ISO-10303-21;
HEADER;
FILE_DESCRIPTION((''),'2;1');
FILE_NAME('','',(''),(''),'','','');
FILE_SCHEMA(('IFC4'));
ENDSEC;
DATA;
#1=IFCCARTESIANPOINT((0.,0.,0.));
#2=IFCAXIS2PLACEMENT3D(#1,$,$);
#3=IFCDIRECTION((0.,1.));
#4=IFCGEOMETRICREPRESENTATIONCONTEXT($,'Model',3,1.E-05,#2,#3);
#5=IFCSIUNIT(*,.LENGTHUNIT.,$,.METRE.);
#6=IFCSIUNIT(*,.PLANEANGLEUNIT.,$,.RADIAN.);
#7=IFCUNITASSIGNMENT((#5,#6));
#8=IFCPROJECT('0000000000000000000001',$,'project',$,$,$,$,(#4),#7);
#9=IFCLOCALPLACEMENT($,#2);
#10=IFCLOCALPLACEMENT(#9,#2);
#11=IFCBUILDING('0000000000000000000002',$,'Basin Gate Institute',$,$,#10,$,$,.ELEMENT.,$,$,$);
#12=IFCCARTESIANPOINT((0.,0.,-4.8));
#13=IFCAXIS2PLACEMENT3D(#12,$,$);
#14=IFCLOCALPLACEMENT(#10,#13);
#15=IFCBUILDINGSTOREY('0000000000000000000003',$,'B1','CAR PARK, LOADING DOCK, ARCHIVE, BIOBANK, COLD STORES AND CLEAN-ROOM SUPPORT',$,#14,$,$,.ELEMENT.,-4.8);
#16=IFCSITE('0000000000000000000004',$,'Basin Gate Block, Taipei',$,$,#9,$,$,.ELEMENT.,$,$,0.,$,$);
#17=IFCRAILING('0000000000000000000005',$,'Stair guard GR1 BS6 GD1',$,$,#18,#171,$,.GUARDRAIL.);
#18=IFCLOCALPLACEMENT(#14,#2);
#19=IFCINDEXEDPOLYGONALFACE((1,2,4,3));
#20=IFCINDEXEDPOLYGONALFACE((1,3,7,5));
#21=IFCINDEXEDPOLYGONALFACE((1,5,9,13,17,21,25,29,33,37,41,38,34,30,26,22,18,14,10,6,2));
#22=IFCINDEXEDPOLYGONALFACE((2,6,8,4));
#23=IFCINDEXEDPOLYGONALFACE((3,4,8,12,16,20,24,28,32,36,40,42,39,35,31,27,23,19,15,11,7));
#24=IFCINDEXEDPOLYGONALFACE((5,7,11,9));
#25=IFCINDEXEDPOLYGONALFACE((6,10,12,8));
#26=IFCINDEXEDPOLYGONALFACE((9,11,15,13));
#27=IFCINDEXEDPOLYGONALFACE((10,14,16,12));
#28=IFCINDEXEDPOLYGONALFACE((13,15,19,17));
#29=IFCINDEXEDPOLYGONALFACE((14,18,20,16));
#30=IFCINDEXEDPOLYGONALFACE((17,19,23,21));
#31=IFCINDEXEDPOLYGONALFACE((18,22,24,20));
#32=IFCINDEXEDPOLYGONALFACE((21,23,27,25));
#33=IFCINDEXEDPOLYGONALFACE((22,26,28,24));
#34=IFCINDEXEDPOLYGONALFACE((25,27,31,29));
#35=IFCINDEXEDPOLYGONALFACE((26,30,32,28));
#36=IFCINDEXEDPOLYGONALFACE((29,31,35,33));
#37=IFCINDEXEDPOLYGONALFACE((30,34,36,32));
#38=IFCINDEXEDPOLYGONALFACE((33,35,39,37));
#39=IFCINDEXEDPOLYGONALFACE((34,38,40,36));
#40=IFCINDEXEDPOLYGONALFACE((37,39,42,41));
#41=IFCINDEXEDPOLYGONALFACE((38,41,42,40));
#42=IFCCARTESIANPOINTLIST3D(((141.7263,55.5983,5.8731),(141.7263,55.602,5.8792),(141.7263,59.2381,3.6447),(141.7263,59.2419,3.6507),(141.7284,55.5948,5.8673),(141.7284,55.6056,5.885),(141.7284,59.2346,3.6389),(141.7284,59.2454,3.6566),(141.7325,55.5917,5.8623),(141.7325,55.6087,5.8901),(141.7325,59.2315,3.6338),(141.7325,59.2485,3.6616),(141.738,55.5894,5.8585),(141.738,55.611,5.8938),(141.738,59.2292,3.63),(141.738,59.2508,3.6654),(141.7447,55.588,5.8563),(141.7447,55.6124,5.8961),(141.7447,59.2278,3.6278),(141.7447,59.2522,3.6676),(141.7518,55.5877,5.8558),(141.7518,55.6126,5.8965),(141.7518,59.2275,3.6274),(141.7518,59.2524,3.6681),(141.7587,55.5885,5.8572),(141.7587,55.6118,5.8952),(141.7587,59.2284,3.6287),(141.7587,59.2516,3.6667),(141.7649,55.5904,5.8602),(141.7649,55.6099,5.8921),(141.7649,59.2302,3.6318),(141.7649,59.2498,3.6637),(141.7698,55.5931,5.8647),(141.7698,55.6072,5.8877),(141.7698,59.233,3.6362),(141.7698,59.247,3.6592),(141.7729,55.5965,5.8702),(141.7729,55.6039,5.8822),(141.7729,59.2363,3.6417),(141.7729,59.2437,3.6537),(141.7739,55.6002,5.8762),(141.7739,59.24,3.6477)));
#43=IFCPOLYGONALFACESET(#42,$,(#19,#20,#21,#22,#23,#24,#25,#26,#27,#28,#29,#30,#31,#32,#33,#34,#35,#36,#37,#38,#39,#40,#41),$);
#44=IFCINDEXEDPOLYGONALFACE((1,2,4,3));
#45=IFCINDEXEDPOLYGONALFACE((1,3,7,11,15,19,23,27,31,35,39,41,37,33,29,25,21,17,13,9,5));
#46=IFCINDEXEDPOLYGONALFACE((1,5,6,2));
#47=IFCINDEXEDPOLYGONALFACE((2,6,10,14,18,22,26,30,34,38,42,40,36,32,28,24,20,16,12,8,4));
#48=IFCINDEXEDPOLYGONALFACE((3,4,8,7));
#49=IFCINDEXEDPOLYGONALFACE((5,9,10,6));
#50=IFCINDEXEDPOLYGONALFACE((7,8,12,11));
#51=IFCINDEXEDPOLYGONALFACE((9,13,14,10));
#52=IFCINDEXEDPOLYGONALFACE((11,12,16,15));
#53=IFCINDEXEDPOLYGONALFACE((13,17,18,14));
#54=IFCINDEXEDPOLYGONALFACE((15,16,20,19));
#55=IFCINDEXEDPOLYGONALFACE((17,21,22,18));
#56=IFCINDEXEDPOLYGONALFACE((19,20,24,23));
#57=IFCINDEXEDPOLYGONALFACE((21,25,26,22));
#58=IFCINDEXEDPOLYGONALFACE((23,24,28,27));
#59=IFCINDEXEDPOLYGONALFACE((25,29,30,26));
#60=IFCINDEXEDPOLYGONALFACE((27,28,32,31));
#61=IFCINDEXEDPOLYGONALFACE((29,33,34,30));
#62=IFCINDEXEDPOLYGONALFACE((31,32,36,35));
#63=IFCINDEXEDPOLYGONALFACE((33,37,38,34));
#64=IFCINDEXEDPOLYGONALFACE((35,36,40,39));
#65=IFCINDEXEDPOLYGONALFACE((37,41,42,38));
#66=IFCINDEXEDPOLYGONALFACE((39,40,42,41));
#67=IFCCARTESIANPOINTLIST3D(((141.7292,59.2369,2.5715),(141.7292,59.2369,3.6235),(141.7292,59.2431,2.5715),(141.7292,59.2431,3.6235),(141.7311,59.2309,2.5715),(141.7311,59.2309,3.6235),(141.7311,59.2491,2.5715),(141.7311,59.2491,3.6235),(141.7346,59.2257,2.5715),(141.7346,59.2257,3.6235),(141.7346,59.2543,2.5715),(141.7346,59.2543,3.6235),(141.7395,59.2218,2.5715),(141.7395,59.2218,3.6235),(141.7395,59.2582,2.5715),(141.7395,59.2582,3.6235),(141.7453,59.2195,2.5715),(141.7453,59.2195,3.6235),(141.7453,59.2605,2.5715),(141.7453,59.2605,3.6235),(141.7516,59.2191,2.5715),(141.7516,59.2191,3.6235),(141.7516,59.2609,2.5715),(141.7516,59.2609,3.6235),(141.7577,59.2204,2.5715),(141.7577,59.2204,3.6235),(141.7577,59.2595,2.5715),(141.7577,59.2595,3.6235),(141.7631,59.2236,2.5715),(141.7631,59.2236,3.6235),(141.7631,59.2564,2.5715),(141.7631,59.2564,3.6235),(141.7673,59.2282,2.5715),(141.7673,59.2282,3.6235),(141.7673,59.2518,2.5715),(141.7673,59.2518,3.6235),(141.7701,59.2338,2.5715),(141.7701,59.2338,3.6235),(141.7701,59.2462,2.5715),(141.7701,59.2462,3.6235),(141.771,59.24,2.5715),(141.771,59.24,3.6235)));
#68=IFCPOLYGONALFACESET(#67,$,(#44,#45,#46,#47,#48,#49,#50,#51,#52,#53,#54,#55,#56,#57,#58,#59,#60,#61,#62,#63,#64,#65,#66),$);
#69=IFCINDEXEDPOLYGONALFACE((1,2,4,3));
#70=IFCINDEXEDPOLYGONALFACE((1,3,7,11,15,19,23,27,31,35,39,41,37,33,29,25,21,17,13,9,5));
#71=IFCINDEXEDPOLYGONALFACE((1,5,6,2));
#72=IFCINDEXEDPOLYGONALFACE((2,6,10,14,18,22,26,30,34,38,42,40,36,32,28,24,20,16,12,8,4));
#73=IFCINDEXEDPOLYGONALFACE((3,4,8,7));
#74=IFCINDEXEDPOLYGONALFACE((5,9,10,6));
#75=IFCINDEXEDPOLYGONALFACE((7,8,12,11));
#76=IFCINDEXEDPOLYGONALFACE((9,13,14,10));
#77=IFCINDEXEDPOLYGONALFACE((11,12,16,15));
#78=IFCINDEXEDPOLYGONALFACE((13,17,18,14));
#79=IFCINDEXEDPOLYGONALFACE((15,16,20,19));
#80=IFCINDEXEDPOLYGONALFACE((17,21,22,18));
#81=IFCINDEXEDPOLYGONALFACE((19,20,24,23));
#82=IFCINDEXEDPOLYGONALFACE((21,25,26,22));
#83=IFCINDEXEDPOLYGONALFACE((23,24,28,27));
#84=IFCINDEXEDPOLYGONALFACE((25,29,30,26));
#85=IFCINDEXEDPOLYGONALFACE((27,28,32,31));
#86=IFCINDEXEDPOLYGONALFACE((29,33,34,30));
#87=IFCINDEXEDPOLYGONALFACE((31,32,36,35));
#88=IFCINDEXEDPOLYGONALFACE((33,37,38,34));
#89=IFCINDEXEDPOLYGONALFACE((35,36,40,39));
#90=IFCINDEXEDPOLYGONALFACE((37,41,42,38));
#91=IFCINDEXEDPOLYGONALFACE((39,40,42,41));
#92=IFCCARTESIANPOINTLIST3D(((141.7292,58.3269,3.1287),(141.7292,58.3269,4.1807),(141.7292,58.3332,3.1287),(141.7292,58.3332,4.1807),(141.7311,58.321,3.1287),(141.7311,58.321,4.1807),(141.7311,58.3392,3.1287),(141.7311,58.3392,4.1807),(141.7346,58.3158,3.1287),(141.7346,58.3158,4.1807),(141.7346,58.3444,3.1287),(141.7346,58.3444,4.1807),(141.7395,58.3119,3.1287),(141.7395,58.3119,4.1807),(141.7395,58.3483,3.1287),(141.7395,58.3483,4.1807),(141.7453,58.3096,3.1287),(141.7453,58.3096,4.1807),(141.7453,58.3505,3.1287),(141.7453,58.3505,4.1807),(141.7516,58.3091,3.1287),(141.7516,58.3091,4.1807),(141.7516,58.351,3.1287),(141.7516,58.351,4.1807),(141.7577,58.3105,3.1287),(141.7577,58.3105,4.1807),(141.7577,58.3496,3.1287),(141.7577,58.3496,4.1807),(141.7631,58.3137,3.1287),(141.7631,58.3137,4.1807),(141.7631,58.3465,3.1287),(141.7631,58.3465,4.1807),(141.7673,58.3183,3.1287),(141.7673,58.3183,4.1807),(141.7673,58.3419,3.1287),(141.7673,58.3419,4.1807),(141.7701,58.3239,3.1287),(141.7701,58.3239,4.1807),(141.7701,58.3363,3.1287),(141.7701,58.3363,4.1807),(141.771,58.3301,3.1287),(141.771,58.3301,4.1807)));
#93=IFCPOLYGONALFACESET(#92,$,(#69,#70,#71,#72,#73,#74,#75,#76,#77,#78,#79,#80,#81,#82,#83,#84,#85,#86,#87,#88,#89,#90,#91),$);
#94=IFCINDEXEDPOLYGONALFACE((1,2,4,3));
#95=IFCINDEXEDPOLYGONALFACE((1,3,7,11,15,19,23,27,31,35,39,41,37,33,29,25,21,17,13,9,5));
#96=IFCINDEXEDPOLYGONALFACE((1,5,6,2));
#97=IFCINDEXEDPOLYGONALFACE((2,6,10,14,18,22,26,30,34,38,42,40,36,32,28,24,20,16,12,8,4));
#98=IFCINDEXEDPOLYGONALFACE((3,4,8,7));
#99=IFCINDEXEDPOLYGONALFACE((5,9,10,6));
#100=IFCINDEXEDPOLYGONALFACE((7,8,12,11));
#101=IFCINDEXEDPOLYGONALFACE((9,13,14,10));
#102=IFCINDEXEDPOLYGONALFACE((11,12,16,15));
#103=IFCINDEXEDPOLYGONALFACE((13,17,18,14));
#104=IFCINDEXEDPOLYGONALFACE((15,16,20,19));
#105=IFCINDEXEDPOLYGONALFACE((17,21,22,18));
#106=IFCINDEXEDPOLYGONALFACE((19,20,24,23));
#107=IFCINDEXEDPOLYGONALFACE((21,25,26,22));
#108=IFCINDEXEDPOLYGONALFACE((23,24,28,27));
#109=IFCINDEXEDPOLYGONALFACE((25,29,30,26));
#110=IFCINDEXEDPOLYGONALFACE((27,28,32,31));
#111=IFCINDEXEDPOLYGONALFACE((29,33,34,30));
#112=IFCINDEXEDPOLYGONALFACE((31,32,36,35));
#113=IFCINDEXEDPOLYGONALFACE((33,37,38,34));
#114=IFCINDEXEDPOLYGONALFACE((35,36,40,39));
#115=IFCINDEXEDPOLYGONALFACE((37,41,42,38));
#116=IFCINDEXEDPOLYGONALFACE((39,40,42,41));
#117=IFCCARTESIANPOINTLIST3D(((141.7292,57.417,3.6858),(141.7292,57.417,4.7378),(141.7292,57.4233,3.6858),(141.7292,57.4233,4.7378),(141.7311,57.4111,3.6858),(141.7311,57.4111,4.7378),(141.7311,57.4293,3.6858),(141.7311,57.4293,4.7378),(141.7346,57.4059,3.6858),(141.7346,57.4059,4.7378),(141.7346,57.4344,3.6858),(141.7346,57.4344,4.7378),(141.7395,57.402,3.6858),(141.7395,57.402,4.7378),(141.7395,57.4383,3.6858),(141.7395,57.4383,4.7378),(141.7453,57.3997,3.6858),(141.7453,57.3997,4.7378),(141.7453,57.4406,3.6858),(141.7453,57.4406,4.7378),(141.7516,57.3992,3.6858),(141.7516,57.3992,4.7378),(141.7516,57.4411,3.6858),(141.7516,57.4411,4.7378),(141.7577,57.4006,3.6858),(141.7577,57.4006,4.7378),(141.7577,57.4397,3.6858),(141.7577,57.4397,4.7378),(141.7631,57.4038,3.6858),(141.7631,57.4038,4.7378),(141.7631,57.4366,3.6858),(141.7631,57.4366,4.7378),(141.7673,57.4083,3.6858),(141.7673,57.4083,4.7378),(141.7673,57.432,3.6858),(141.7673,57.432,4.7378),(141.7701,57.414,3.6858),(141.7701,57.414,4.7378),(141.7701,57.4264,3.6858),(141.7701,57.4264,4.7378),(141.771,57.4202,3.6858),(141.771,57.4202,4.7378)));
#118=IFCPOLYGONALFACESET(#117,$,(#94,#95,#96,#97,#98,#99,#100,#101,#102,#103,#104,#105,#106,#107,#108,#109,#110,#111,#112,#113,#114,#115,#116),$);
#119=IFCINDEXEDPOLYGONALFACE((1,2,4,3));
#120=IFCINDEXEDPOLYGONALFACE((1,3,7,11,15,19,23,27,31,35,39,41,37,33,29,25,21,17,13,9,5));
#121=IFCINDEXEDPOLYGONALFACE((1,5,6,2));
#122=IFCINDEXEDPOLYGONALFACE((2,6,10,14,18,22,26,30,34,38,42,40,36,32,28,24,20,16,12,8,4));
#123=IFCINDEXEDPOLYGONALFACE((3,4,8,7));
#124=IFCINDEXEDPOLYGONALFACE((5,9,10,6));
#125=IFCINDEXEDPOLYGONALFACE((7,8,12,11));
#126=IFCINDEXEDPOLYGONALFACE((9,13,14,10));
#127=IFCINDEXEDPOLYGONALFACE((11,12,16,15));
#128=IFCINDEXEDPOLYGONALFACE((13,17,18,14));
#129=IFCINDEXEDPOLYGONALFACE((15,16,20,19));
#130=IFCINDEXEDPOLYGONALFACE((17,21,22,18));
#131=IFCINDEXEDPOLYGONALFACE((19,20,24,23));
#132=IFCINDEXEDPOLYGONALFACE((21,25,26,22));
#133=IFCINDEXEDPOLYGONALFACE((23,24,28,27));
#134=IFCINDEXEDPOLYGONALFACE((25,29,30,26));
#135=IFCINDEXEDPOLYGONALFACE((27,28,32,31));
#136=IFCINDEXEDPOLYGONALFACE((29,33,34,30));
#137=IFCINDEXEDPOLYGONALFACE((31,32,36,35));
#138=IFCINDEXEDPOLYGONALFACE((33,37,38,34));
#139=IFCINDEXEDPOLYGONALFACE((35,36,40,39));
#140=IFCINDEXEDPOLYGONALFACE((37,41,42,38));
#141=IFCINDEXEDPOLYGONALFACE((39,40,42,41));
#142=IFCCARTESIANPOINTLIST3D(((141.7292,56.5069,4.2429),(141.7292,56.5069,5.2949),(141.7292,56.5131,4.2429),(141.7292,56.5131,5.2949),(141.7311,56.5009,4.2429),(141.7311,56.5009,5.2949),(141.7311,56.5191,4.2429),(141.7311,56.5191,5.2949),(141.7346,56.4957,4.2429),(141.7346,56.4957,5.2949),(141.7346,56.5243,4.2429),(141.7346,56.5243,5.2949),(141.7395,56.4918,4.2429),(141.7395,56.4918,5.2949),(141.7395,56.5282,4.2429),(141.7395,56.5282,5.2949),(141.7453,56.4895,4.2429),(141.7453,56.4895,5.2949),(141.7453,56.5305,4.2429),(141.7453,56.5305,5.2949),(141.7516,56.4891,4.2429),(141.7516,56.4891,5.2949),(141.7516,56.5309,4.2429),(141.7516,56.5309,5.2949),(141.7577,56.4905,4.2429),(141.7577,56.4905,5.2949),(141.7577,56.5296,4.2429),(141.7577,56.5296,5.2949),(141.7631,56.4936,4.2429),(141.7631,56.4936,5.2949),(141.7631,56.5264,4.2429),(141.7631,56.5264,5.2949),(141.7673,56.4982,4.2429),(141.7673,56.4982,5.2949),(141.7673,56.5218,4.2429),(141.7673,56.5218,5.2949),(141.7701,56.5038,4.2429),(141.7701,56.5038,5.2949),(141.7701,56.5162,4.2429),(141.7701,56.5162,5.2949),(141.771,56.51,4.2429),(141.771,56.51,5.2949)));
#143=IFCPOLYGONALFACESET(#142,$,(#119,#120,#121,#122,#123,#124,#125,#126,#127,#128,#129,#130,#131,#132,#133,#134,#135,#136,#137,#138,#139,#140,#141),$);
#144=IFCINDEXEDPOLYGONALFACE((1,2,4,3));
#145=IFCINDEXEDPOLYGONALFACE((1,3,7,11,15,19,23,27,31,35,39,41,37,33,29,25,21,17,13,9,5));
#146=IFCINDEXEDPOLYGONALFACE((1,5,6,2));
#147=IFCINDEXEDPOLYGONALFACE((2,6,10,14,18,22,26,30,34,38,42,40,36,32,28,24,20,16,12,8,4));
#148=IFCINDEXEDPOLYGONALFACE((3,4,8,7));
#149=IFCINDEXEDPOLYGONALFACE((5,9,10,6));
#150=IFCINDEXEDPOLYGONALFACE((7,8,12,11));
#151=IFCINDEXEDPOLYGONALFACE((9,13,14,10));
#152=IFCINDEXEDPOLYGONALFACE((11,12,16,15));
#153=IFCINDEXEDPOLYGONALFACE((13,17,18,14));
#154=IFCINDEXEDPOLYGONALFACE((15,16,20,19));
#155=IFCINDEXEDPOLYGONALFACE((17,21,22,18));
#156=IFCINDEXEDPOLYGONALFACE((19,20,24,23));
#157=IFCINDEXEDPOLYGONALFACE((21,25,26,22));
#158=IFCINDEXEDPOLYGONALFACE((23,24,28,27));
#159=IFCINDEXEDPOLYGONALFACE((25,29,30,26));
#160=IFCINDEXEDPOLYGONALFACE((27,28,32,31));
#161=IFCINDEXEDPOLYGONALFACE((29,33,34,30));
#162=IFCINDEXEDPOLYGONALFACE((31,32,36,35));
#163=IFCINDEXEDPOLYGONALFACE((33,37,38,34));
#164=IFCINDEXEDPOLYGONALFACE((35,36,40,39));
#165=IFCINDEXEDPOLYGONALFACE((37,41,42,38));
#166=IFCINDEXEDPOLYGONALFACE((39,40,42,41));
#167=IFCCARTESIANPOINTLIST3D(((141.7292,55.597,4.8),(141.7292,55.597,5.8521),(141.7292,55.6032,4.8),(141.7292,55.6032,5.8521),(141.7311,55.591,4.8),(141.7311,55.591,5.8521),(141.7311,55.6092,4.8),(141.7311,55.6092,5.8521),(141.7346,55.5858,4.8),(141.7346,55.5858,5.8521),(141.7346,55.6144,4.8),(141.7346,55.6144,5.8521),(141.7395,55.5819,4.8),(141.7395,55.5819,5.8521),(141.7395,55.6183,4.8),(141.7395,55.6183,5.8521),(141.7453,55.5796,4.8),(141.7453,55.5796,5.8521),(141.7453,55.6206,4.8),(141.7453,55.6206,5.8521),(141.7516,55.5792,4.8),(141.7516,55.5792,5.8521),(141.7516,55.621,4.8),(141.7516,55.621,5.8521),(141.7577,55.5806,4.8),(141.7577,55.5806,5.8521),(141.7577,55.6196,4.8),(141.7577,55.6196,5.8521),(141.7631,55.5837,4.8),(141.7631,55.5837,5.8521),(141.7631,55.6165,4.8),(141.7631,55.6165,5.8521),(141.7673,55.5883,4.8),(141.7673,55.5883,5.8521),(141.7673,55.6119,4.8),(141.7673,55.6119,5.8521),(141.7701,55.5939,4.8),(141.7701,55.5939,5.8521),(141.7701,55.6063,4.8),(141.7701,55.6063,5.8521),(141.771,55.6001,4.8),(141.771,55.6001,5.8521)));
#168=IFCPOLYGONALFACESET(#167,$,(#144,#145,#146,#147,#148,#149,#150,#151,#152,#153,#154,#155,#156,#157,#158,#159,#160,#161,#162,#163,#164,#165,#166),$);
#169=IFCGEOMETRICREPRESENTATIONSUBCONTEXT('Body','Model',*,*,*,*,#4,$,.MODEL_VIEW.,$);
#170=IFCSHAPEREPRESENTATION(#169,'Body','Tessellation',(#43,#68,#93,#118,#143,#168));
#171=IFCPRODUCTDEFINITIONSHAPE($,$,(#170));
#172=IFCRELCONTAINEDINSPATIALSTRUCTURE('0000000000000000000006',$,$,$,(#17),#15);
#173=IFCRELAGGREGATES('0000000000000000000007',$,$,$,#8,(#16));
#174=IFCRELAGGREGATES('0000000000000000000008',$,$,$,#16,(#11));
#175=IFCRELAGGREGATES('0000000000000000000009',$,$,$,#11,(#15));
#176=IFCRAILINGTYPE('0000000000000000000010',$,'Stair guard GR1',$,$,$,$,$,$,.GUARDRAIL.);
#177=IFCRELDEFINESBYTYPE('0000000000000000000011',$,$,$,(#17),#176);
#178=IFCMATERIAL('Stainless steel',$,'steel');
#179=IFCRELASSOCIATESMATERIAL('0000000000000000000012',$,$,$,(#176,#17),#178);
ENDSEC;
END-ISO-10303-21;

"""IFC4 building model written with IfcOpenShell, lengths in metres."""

from ifc_helpers import new_model, si_unit, direction, frame, origin, origin_2d, place, context, subcontext, project, spatial, circle, extrude, material, type_object, element, save


model = new_model("IFC4")

# Units and contexts
model_context = context("Model", 3, precision=1e-05, world=origin(), true_north=direction((0.0, 1.0)))
body_context = subcontext(model_context, "Body", "Model", "MODEL_VIEW")
ifc_project = project(units=[si_unit("LENGTHUNIT", "METRE"), si_unit("PLANEANGLEUNIT", "RADIAN")], contexts=[model_context])

# Site, building, storey
site_placement = place(None, origin())
site = spatial("IfcSite", under=ifc_project, at=site_placement, Name="Basin Gate Block, Taipei", CompositionType="ELEMENT", RefElevation=0.0)
building_placement = place(site_placement, origin())
building = spatial("IfcBuilding", under=site, at=building_placement, Name="Basin Gate Institute", CompositionType="ELEMENT")
storey_placement = place(building_placement, frame((0.0, 0.0, -4.8)))
storey = spatial("IfcBuildingStorey", under=building, at=storey_placement, Name="B1", Description="CAR PARK, LOADING DOCK, ARCHIVE, BIOBANK, COLD STORES AND CLEAN-ROOM SUPPORT", CompositionType="ELEMENT", Elevation=-4.8)

# Railing
ifc_material_1 = material(Name="Stainless steel", Category="steel")
railing_type_1 = type_object("IfcRailingType", Name="Stair guard GR1", PredefinedType="GUARDRAIL", material=ifc_material_1)
railing_1_placement = place(storey_placement, frame((141.75, 59.24, 2.5715)))
element("IfcRailing", 1, at=railing_1_placement, inside=storey, type_object=railing_type_1, material=ifc_material_1, Name="Stair guard GR1 BS6 GD1", PredefinedType="GUARDRAIL", context=body_context, shape_type="SweptSolid", body=[
    extrude(circle(Radius=0.0239, at=origin_2d()), frame((0.0, 0.0, 1.0762), z_axis=(0.0, -0.85285, 0.522156), x_axis=(1.0, 0.0, 0.0)), (0.0, 0.0, 1.0), 4.2678),
    extrude(circle(Radius=0.021, at=origin_2d()), origin(), (0.0, 0.0, 1.0), 1.052),
    extrude(circle(Radius=0.021, at=origin_2d()), frame((0.0, -0.9099, 0.5571)), (0.0, 0.0, 1.0), 1.052),
    extrude(circle(Radius=0.021, at=origin_2d()), frame((0.0, -1.8198, 1.1143)), (0.0, 0.0, 1.0), 1.052),
    extrude(circle(Radius=0.021, at=origin_2d()), frame((0.0, -2.73, 1.6714)), (0.0, 0.0, 1.0), 1.052),
    extrude(circle(Radius=0.021, at=origin_2d()), frame((0.0, -3.6399, 2.2285)), (0.0, 0.0, 1.0), 1.052),
])

save(model, "model.ifc")
